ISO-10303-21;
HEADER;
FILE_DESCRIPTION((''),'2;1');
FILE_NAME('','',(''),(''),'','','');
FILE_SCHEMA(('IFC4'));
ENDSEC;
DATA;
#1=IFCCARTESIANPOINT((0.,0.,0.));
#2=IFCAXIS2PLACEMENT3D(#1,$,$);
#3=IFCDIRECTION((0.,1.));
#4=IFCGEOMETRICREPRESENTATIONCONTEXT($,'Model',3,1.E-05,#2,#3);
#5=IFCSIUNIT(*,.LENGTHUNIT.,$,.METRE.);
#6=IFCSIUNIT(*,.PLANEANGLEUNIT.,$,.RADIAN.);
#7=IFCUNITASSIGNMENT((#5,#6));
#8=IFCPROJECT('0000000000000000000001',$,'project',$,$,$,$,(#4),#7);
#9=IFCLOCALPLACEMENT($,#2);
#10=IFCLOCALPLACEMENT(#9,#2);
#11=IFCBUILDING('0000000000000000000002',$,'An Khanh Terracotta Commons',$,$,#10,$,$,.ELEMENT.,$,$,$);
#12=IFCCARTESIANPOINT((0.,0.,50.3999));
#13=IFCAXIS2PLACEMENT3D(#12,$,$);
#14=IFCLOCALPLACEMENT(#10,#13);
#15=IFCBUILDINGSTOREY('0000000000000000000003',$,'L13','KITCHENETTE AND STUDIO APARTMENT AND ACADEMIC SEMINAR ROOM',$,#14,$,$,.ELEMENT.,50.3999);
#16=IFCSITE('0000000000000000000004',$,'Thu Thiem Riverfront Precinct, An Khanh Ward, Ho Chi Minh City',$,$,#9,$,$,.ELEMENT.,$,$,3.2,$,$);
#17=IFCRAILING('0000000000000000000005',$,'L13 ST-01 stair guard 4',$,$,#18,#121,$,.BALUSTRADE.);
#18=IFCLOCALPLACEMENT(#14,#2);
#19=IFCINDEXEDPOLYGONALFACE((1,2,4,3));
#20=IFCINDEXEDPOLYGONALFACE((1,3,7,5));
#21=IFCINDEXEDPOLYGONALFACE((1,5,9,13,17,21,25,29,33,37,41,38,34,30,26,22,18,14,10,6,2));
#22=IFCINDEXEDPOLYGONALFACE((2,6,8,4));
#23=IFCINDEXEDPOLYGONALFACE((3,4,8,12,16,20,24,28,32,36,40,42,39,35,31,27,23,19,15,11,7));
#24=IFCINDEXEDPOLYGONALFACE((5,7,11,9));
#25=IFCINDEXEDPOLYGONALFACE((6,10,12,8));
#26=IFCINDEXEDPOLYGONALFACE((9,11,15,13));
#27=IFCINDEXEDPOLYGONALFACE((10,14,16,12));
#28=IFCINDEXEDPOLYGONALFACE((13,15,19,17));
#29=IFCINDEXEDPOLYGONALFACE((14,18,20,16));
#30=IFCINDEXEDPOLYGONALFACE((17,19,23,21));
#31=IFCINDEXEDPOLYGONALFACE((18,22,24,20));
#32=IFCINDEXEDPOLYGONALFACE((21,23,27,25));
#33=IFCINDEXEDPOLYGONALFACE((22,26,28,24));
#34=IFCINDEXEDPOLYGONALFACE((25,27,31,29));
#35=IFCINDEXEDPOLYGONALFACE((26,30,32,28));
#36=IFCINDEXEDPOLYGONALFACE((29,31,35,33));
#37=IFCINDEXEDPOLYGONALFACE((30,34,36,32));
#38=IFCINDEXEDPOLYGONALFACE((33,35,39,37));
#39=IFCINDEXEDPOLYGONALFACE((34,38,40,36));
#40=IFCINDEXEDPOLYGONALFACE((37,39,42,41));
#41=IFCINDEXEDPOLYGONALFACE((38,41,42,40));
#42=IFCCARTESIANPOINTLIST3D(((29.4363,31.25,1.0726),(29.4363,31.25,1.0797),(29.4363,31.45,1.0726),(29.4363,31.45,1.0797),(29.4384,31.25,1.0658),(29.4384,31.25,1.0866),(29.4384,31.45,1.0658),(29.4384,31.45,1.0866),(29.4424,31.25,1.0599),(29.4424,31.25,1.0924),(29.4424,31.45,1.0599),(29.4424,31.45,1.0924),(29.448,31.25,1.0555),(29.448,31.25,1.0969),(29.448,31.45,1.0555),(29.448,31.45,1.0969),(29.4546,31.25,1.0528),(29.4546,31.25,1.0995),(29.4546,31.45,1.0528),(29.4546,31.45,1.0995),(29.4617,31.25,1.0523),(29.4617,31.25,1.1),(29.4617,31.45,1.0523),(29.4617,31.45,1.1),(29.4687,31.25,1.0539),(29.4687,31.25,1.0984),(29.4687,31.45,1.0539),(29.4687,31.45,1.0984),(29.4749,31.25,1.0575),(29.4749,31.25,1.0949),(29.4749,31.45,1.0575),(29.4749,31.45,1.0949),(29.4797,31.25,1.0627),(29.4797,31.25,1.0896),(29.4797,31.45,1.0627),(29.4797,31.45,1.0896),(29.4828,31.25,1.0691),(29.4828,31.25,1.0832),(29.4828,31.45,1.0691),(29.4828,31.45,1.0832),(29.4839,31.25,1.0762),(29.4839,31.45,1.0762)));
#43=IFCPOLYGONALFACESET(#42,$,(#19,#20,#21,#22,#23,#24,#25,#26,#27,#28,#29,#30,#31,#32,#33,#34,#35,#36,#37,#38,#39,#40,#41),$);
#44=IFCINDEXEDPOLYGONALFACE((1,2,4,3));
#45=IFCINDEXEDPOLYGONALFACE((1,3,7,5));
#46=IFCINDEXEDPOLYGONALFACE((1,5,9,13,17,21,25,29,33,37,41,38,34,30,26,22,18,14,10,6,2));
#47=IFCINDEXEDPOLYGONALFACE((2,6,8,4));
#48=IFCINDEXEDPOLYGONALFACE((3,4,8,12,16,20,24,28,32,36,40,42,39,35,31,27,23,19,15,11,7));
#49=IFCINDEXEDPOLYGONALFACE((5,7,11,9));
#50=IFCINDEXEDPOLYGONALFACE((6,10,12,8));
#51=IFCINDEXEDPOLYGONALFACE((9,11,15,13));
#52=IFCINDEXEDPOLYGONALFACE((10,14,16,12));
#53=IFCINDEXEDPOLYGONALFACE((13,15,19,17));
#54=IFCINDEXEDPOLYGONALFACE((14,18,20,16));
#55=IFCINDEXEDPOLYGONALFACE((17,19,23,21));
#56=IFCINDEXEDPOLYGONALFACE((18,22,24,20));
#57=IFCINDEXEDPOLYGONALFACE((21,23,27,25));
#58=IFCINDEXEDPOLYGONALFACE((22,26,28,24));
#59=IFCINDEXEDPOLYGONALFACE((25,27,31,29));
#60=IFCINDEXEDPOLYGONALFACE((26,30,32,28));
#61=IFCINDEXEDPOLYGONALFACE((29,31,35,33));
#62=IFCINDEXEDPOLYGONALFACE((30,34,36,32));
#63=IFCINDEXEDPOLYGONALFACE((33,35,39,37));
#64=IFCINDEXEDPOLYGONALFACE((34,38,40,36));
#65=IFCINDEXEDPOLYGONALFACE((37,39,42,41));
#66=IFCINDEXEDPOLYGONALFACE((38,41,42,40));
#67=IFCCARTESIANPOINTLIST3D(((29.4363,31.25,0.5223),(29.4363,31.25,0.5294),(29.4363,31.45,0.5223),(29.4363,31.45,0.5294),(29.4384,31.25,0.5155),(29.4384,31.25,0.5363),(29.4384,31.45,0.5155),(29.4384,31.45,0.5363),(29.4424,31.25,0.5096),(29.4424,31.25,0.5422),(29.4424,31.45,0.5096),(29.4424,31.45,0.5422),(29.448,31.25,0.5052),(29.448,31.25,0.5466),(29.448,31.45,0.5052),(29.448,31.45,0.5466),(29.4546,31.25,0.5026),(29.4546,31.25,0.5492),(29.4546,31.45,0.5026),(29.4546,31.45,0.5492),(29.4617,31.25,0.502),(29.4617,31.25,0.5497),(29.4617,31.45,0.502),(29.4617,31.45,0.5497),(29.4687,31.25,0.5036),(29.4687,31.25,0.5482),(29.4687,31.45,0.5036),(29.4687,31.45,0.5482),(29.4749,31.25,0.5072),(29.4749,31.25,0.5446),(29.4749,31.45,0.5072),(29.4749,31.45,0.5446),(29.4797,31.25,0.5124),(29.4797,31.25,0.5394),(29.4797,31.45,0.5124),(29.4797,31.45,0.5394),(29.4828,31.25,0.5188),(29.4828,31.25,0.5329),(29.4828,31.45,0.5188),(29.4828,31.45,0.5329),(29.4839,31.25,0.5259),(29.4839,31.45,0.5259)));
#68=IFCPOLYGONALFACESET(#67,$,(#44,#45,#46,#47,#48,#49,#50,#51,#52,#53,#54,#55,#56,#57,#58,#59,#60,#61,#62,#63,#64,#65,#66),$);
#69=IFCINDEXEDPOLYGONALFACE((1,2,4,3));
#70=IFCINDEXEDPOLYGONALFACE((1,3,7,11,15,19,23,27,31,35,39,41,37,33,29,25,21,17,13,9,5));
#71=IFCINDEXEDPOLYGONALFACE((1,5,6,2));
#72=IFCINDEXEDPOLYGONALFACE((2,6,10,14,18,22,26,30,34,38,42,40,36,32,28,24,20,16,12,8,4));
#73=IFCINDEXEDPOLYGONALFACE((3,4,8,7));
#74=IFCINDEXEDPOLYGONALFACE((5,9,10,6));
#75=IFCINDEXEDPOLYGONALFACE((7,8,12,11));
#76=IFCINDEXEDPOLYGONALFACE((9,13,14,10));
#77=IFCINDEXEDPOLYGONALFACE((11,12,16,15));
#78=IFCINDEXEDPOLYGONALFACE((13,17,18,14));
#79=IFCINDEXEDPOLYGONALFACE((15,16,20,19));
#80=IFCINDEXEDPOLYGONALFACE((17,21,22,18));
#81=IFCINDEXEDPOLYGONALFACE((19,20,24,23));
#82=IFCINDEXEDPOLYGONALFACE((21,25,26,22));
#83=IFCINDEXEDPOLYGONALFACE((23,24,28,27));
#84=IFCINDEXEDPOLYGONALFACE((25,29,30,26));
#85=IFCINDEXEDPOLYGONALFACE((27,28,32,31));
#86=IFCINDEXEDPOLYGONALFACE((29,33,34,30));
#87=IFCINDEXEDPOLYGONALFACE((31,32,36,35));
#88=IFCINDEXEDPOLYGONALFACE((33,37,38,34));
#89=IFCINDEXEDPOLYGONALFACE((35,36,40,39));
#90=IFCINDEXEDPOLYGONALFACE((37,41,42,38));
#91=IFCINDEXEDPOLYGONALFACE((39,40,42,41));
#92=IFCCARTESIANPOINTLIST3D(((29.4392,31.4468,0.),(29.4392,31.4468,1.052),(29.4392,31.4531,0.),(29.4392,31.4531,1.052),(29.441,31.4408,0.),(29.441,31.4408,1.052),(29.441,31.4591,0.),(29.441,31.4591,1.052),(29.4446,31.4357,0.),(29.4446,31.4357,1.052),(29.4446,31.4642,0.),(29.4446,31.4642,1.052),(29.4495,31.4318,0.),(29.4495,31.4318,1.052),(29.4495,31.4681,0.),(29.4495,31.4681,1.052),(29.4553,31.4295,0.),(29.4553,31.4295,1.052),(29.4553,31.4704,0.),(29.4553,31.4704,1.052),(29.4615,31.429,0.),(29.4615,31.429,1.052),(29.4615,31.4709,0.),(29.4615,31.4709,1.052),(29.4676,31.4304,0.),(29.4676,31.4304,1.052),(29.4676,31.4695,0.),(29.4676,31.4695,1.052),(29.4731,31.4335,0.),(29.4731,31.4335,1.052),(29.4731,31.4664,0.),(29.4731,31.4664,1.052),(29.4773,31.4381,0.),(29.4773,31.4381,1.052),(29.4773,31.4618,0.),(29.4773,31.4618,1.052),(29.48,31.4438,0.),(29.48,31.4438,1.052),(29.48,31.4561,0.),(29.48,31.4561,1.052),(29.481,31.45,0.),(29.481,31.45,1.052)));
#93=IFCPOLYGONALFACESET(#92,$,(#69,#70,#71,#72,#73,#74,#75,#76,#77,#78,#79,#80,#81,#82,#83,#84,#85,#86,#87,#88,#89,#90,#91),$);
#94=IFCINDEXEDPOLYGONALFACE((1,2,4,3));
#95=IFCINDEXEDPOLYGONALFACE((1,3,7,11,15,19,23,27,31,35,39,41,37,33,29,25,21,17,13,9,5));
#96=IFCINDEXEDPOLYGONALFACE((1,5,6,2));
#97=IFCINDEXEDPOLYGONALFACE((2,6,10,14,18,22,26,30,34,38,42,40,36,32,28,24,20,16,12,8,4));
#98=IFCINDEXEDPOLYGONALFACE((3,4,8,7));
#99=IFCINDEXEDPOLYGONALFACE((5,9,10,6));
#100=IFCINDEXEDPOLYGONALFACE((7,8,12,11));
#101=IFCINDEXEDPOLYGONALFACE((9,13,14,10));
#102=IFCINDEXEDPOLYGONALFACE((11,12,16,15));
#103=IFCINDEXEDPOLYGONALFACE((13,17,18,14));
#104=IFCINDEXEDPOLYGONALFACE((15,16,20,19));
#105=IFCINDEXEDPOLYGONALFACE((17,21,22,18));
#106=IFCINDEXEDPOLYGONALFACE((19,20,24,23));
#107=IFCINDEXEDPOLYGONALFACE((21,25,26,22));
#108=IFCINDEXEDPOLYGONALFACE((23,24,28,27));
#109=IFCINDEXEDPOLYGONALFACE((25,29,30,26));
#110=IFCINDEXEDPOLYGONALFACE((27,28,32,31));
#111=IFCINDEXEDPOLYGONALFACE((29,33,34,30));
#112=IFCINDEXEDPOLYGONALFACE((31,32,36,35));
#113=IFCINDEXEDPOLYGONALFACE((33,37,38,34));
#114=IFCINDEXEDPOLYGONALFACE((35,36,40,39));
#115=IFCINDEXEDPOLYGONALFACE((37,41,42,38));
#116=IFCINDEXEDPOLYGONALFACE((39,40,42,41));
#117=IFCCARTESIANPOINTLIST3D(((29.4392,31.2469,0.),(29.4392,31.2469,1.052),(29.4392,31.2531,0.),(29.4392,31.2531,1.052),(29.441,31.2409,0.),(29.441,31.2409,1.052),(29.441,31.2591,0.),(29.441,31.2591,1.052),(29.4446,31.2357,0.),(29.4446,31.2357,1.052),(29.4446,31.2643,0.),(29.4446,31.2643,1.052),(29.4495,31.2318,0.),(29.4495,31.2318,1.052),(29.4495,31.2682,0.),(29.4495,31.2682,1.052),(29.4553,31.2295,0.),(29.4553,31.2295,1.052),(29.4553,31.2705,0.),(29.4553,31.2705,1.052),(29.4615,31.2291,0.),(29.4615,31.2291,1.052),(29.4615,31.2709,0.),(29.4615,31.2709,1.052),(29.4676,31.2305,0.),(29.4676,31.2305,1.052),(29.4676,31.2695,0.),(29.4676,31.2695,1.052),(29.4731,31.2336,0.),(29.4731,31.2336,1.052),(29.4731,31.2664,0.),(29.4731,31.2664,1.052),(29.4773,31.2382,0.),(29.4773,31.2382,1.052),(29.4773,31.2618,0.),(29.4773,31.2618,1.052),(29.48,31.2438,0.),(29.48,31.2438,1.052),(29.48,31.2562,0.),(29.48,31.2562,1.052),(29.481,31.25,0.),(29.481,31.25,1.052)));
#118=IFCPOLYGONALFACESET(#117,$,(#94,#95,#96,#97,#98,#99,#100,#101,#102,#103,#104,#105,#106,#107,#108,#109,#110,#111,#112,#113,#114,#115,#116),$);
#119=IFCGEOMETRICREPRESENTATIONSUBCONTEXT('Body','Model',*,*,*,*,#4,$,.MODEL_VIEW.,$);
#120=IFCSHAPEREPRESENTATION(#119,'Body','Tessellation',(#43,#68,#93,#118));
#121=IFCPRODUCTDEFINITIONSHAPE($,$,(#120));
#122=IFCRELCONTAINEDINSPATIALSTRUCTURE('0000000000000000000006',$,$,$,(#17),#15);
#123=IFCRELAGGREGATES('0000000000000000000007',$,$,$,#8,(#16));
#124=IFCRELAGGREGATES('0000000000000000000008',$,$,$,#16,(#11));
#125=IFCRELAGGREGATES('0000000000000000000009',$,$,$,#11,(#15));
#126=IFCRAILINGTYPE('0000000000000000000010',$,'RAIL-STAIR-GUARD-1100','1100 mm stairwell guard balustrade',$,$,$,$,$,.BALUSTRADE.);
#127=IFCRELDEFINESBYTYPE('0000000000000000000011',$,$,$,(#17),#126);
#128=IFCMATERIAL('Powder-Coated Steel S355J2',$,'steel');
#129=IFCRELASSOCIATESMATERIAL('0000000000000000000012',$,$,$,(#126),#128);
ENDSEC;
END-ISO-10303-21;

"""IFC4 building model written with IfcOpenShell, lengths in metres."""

from ifc_helpers import new_model, si_unit, direction, frame, origin, origin_2d, place, context, subcontext, project, spatial, circle, extrude, material, type_object, element, save


model = new_model("IFC4")

# Units and contexts
model_context = context("Model", 3, precision=1e-05, world=origin(), true_north=direction((0.0, 1.0)))
body_context = subcontext(model_context, "Body", "Model", "MODEL_VIEW")
ifc_project = project(units=[si_unit("LENGTHUNIT", "METRE"), si_unit("PLANEANGLEUNIT", "RADIAN")], contexts=[model_context])

# Site, building, storey
site_placement = place(None, origin())
site = spatial("IfcSite", under=ifc_project, at=site_placement, Name="Thu Thiem Riverfront Precinct, An Khanh Ward, Ho Chi Minh City", CompositionType="ELEMENT", RefElevation=3.2)
building_placement = place(site_placement, origin())
building = spatial("IfcBuilding", under=site, at=building_placement, Name="An Khanh Terracotta Commons", CompositionType="ELEMENT")
storey_placement = place(building_placement, frame((0.0, 0.0, 50.3999)))
storey = spatial("IfcBuildingStorey", under=building, at=storey_placement, Name="L13", Description="KITCHENETTE AND STUDIO APARTMENT AND ACADEMIC SEMINAR ROOM", CompositionType="ELEMENT", Elevation=50.3999)

# Railing
ifc_material_1 = material(Name="Powder-Coated Steel S355J2", Category="steel")
railing_type_1 = type_object("IfcRailingType", Name="RAIL-STAIR-GUARD-1100", Description="1100 mm stairwell guard balustrade", PredefinedType="BALUSTRADE", material=ifc_material_1)
railing_1_placement = place(storey_placement, frame((29.46, 31.45, 0.0)))
element("IfcRailing", 1, at=railing_1_placement, inside=storey, type_object=railing_type_1, Name="L13 ST-01 stair guard 4", PredefinedType="BALUSTRADE", context=body_context, shape_type="SweptSolid", body=[
    extrude(circle(Radius=0.0239, at=origin_2d()), frame((0.0, 0.0, 1.0762), z_axis=(0.0, -1.0, 0.0), x_axis=(1.0, 0.0, 0.0)), (0.0, 0.0, 1.0), 0.2),
    extrude(circle(Radius=0.0239, at=origin_2d()), frame((0.0, 0.0, 0.5259), z_axis=(0.0, -1.0, 0.0), x_axis=(1.0, 0.0, 0.0)), (0.0, 0.0, 1.0), 0.2),
    extrude(circle(Radius=0.021, at=origin_2d()), origin(), (0.0, 0.0, 1.0), 1.052),
    extrude(circle(Radius=0.021, at=origin_2d()), frame((0.0, -0.2, 0.0)), (0.0, 0.0, 1.0), 1.052),
])

save(model, "model.ifc")
